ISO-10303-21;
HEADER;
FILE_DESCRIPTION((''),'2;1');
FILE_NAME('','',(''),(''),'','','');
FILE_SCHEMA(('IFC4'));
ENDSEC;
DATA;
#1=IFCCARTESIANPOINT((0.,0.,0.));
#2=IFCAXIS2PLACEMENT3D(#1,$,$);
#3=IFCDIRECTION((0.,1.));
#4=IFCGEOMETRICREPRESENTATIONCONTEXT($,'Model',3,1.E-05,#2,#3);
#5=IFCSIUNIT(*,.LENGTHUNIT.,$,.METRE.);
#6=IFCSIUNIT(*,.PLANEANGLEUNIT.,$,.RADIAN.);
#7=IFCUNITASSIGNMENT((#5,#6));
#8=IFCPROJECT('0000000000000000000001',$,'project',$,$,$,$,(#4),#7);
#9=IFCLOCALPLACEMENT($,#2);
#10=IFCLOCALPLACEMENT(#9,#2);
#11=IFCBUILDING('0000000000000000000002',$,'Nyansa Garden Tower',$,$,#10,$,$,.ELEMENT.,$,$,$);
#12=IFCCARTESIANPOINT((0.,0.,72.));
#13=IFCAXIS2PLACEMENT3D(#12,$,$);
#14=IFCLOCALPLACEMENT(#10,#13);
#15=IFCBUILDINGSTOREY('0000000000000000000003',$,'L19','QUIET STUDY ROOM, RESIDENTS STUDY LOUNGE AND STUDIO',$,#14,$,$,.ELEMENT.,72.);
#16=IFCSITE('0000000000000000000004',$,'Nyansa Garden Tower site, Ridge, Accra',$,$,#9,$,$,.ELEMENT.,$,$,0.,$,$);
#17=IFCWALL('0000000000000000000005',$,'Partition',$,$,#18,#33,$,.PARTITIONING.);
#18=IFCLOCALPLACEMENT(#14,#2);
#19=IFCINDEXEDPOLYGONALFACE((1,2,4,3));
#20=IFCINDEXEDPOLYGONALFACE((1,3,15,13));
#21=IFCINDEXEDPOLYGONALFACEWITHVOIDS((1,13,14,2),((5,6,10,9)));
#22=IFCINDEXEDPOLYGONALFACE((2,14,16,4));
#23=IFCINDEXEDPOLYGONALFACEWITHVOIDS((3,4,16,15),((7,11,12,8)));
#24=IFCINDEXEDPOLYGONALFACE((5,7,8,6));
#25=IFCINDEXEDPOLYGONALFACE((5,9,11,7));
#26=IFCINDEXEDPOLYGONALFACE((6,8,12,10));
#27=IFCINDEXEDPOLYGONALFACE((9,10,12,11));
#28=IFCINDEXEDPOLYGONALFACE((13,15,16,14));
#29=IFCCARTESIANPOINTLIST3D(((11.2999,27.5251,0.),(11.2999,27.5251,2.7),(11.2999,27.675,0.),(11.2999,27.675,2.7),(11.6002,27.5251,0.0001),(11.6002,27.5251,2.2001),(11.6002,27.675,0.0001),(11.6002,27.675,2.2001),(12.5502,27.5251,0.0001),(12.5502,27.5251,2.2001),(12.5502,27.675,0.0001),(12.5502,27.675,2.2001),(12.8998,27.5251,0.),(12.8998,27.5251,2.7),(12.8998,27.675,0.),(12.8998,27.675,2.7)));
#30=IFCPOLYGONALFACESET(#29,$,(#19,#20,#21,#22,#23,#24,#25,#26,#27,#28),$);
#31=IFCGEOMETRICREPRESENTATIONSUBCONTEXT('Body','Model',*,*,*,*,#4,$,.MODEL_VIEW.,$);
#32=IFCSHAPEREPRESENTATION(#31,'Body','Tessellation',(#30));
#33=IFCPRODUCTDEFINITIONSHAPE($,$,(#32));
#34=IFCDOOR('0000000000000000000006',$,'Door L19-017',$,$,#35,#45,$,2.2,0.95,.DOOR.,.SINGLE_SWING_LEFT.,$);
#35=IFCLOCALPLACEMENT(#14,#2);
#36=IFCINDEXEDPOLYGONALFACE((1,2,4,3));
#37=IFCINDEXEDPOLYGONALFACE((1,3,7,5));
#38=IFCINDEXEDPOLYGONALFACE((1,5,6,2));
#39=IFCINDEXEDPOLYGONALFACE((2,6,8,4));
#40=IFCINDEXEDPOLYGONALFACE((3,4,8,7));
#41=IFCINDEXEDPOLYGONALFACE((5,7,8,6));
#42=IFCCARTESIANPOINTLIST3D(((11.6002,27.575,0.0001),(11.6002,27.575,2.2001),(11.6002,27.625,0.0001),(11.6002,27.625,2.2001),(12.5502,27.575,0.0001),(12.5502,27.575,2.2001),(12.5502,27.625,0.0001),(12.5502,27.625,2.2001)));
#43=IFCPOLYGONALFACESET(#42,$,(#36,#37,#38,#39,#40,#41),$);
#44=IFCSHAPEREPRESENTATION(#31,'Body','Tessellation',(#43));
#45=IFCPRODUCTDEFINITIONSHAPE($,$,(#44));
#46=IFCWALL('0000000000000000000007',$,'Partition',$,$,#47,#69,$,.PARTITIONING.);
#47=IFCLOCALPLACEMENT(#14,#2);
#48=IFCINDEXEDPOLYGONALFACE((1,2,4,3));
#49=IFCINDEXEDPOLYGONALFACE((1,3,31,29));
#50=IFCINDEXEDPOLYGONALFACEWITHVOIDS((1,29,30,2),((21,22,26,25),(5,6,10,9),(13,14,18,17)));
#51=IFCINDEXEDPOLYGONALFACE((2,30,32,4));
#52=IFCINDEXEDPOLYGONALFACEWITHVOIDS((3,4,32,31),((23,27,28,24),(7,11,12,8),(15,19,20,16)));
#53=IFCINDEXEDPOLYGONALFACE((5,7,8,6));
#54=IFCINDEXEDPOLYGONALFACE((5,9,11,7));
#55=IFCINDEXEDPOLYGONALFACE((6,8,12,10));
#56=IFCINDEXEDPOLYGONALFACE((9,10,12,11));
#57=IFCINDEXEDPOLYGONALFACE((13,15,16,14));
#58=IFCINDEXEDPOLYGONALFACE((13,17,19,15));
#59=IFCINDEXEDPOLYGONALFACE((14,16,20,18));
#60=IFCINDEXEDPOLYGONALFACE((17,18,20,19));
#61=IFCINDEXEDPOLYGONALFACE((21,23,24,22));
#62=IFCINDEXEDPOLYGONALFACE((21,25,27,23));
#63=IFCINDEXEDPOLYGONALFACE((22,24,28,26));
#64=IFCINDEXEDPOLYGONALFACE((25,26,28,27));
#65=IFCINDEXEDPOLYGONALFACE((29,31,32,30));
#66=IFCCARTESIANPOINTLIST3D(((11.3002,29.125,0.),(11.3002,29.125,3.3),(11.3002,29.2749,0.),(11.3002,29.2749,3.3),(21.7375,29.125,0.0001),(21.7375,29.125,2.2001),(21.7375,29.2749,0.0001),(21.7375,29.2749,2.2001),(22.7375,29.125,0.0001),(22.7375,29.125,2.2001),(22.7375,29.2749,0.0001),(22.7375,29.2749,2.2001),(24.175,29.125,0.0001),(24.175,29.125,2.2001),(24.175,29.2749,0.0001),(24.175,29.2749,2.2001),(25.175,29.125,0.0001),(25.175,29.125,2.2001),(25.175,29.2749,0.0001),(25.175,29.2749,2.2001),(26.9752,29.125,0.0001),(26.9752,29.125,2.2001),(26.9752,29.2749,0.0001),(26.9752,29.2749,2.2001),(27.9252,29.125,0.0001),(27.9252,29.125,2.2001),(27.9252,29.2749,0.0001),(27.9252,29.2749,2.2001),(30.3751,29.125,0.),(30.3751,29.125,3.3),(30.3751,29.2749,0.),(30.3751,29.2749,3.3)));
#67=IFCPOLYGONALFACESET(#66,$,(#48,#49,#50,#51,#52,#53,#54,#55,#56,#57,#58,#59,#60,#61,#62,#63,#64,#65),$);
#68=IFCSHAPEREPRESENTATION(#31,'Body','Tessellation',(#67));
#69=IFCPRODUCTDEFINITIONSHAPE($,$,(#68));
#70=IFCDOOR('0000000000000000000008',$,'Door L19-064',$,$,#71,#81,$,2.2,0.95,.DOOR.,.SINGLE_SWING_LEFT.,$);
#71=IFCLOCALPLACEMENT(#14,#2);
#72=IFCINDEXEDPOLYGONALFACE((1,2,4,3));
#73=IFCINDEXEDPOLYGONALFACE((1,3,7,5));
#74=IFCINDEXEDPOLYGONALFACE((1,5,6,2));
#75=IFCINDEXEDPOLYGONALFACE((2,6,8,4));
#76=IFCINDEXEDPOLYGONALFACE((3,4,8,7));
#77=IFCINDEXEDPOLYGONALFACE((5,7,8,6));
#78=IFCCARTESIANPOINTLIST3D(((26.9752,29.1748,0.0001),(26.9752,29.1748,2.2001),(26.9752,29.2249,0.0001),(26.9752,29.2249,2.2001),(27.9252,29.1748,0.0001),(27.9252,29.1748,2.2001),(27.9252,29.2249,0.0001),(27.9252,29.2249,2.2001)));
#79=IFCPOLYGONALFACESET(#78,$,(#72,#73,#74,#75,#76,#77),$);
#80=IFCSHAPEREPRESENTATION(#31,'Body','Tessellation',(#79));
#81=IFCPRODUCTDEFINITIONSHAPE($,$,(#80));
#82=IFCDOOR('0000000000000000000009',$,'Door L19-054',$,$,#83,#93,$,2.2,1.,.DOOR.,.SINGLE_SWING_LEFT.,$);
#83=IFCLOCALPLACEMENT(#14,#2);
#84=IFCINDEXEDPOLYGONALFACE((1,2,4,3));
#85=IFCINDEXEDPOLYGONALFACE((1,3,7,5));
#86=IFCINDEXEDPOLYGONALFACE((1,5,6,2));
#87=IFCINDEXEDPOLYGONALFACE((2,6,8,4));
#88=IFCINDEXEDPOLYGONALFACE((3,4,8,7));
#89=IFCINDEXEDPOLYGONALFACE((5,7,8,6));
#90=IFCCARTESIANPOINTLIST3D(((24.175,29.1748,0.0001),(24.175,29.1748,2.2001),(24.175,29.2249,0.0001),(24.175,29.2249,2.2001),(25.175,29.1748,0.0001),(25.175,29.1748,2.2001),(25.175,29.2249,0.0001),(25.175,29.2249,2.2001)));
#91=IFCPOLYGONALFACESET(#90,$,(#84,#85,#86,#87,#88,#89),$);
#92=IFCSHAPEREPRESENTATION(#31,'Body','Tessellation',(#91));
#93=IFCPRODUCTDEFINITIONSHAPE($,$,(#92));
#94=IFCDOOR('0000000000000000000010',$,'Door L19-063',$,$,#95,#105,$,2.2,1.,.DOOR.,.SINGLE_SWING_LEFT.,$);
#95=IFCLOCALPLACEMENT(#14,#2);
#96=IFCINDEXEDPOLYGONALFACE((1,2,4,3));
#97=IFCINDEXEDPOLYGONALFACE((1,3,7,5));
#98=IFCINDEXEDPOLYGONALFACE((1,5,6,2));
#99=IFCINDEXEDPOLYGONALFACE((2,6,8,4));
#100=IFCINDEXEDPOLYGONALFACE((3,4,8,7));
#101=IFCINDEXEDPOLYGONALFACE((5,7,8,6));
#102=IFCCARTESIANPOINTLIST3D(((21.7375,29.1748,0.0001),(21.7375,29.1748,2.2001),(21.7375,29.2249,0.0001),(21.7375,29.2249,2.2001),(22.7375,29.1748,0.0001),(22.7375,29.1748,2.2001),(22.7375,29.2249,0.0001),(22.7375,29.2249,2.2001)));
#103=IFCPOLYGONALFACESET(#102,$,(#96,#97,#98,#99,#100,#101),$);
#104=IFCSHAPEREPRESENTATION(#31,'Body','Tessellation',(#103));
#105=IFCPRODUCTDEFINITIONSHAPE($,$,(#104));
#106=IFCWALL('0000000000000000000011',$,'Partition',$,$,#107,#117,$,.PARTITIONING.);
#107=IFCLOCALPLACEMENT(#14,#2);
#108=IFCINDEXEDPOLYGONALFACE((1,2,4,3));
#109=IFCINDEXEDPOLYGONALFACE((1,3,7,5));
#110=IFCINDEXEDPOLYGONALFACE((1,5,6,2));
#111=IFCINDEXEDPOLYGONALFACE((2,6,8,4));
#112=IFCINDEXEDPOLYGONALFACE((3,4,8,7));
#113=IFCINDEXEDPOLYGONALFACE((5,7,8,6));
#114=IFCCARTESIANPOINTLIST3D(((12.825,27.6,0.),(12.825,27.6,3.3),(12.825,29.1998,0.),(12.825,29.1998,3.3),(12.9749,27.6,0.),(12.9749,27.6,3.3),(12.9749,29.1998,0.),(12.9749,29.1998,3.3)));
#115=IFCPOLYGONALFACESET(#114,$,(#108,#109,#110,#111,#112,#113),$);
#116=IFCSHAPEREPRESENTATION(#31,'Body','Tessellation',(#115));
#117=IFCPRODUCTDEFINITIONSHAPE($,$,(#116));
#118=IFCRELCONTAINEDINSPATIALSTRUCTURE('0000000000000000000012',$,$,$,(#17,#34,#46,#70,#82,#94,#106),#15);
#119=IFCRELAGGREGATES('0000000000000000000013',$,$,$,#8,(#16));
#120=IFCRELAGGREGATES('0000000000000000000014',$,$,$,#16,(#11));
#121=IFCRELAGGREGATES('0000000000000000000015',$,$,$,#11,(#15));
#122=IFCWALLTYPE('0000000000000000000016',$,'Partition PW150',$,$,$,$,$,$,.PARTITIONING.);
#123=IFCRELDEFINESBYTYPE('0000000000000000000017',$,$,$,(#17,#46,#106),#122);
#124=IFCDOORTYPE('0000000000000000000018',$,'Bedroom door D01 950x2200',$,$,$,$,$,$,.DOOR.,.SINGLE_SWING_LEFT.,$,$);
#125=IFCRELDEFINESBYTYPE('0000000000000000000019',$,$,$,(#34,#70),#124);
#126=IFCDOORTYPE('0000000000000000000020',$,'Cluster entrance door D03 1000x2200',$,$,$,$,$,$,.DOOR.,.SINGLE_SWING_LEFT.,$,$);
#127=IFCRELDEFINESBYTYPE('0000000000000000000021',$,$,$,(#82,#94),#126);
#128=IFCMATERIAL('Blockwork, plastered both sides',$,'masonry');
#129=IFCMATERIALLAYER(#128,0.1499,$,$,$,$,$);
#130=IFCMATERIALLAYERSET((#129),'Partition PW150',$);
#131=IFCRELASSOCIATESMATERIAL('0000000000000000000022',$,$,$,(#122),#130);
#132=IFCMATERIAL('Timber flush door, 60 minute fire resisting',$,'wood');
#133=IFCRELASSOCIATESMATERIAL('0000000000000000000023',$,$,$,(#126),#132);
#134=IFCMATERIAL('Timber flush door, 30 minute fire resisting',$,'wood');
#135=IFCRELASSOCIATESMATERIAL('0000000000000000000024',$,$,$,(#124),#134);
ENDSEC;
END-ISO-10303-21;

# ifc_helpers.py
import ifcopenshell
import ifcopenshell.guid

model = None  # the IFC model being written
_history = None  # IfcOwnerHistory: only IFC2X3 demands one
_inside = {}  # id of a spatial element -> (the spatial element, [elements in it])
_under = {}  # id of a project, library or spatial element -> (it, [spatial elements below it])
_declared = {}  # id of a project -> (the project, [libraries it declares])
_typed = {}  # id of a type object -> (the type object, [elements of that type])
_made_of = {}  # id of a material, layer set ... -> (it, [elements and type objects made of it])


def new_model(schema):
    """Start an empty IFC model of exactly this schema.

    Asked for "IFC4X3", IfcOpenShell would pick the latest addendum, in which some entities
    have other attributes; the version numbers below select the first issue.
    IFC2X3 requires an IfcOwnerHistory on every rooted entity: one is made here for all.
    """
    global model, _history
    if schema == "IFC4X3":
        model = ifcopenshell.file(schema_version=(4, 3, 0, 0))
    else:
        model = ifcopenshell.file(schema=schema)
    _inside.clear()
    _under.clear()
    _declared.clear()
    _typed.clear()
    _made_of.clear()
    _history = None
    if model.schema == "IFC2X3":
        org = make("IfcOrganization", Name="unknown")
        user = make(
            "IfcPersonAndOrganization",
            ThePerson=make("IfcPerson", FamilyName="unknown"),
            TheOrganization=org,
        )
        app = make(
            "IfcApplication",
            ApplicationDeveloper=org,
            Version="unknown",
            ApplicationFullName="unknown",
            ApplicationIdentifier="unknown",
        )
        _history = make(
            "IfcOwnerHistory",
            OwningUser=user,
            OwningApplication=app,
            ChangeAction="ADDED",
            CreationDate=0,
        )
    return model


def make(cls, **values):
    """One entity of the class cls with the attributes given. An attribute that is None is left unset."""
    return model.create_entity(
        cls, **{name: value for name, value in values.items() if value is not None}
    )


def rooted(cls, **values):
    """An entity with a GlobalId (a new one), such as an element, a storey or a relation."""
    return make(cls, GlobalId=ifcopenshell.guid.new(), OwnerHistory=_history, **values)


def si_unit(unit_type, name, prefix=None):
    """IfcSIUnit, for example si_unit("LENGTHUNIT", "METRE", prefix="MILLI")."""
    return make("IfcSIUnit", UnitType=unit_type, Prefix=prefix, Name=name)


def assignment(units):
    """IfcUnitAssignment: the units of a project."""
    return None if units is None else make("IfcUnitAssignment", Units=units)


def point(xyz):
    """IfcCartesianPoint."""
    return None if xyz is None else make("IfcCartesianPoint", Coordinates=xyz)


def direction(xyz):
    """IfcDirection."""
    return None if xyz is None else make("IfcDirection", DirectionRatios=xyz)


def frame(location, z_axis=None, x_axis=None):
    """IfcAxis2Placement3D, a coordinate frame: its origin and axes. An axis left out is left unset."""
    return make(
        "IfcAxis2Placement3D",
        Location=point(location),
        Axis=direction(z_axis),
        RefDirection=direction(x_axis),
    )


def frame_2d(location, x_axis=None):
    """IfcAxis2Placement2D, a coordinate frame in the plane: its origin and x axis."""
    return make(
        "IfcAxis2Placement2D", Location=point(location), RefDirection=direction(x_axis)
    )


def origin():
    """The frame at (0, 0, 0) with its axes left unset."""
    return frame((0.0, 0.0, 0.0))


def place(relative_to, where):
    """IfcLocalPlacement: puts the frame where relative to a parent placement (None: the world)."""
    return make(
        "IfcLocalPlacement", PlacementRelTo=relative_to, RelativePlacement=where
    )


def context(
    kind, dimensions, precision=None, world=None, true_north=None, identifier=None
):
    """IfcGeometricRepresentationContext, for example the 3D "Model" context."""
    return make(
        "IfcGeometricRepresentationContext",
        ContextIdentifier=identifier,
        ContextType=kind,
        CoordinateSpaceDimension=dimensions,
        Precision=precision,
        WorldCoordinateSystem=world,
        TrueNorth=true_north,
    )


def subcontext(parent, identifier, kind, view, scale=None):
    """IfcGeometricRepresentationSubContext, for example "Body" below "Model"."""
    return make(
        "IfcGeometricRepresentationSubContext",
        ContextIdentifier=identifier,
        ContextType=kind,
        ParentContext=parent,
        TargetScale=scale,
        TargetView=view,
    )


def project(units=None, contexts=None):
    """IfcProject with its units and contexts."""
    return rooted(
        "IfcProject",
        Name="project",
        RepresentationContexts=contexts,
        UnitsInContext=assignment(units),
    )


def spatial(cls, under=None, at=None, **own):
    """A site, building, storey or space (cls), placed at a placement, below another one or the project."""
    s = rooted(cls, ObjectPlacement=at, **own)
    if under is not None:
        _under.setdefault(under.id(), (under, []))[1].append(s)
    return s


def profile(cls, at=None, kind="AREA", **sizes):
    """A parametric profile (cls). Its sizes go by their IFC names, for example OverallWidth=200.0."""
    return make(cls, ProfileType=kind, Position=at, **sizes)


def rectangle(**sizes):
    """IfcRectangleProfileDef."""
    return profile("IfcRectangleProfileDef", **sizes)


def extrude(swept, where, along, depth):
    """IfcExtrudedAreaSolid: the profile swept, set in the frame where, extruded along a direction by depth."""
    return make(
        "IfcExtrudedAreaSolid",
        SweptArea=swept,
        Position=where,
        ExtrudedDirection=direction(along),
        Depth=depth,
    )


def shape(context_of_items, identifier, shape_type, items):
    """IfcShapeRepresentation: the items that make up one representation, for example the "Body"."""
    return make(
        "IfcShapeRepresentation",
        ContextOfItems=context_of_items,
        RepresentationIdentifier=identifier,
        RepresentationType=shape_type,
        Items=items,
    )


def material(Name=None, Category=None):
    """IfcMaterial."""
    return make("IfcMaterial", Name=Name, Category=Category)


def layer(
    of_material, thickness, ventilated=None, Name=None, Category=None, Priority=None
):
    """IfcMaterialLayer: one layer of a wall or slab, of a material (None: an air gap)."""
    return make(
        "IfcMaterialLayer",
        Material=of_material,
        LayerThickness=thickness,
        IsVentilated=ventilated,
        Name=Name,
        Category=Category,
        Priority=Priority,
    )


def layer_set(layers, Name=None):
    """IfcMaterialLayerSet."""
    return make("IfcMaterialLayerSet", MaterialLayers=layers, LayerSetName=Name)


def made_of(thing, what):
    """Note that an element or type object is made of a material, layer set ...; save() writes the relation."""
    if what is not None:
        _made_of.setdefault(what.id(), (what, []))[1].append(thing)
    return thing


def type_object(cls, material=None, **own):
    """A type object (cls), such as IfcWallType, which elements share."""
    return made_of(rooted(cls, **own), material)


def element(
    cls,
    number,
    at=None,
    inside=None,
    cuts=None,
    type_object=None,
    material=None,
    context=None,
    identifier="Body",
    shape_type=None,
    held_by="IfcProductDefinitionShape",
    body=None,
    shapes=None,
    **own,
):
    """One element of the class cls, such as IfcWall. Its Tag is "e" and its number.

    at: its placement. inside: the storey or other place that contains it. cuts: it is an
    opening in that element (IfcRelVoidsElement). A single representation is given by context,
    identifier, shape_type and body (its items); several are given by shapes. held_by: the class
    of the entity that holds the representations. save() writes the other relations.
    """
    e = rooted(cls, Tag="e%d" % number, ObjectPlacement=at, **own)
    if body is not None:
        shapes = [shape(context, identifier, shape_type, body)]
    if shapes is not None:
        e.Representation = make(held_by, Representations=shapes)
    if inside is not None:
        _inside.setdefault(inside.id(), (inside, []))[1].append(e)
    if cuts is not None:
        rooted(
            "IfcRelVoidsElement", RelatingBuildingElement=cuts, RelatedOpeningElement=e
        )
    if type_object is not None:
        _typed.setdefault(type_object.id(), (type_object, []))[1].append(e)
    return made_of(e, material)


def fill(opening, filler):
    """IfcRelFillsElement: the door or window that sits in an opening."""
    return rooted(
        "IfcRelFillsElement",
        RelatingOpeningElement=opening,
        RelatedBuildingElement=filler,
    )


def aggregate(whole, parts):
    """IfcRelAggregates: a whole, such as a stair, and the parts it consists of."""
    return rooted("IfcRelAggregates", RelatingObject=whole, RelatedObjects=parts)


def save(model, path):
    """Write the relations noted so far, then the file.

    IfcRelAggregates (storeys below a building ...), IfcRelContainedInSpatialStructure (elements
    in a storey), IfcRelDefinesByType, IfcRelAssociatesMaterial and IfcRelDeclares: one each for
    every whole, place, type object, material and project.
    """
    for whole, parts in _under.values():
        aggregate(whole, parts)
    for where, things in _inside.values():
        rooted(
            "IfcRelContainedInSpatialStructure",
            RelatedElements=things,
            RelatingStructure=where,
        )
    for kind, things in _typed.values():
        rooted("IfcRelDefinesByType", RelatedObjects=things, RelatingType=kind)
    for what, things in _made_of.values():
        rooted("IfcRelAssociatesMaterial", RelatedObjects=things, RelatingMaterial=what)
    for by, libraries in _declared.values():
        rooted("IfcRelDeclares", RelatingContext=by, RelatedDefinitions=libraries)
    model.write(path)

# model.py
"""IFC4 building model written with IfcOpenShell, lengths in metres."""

from ifc_helpers import new_model, si_unit, direction, frame, frame_2d, origin, place, context, subcontext, project, spatial, rectangle, extrude, material, layer, layer_set, type_object, element, fill, save


model = new_model("IFC4")

# Units and contexts
model_context = context("Model", 3, precision=1e-05, world=origin(), true_north=direction((0.0, 1.0)))
body_context = subcontext(model_context, "Body", "Model", "MODEL_VIEW")
ifc_project = project(units=[si_unit("LENGTHUNIT", "METRE"), si_unit("PLANEANGLEUNIT", "RADIAN")], contexts=[model_context])

# Site, building, storey
site_placement = place(None, origin())
site = spatial("IfcSite", under=ifc_project, at=site_placement, Name="Nyansa Garden Tower site, Ridge, Accra", CompositionType="ELEMENT", RefElevation=0.0)
building_placement = place(site_placement, origin())
building = spatial("IfcBuilding", under=site, at=building_placement, Name="Nyansa Garden Tower", CompositionType="ELEMENT")
storey_placement = place(building_placement, frame((0.0, 0.0, 72.0)))
storey = spatial("IfcBuildingStorey", under=building, at=storey_placement, Name="L19", Description="QUIET STUDY ROOM, RESIDENTS STUDY LOUNGE AND STUDIO", CompositionType="ELEMENT", Elevation=72.0)

# Shared definitions
ifc_material_1 = material(Name="Blockwork, plastered both sides", Category="masonry")
ifc_layer = layer(ifc_material_1, 0.1499)
ifc_layer_set = layer_set([ifc_layer], Name="Partition PW150")
wall_type = type_object("IfcWallType", Name="Partition PW150", PredefinedType="PARTITIONING", material=ifc_layer_set)
ifc_material_2 = material(Name="Timber flush door, 60 minute fire resisting", Category="wood")
door_type_1 = type_object("IfcDoorType", Name="Cluster entrance door D03 1000x2200", OperationType="SINGLE_SWING_LEFT", PredefinedType="DOOR", material=ifc_material_2)

# Wall, opening, door
wall_1_placement = place(storey_placement, frame((11.3, 27.6001, 0.0), z_axis=(0.0, 0.0, 1.0), x_axis=(1.0, 0.0, 0.0)))
wall_1 = element("IfcWall", 1, at=wall_1_placement, inside=storey, type_object=wall_type, Name="Partition", PredefinedType="PARTITIONING", context=body_context, shape_type="SweptSolid", body=[
    extrude(rectangle(XDim=1.5999, YDim=0.1499, at=frame_2d((0.7998, 0.0))), origin(), (0.0, 0.0, 1.0), 2.7),
])
opening_1_placement = place(wall_1_placement, frame((0.3, 0.0, 0.0)))
opening_1 = element("IfcOpeningElement", 2, at=opening_1_placement, cuts=wall_1, PredefinedType="OPENING", context=body_context, shape_type="SweptSolid", body=[
    extrude(rectangle(XDim=0.95, YDim=2.2, at=frame_2d((0.4751, 1.1001))), frame((0.0, 0.085, 0.0), z_axis=(0.0, -1.0, 0.0), x_axis=(1.0, 0.0, 0.0)), (0.0, 0.0, 1.0), 0.1699),
])
ifc_material_3 = material(Name="Timber flush door, 30 minute fire resisting", Category="wood")
door_type_2 = type_object("IfcDoorType", Name="Bedroom door D01 950x2200", OperationType="SINGLE_SWING_LEFT", PredefinedType="DOOR", material=ifc_material_3)
door_1_placement = place(opening_1_placement, origin())
door_1 = element("IfcDoor", 3, at=door_1_placement, inside=storey, type_object=door_type_2, Name="Door L19-017", OperationType="SINGLE_SWING_LEFT", OverallHeight=2.2, OverallWidth=0.95, PredefinedType="DOOR", context=body_context, shape_type="SweptSolid", body=[
    extrude(rectangle(XDim=0.95, YDim=2.2, at=frame_2d((0.4751, 1.1001))), frame((0.0, 0.0249, 0.0), z_axis=(0.0, -1.0, 0.0), x_axis=(1.0, 0.0, 0.0)), (0.0, 0.0, 1.0), 0.05),
])
fill(opening_1, door_1)

# Wall, openings, doors
wall_2_placement = place(storey_placement, frame((11.3, 29.2, 0.0), z_axis=(0.0, 0.0, 1.0), x_axis=(1.0, 0.0, 0.0)))
wall_2 = element("IfcWall", 4, at=wall_2_placement, inside=storey, type_object=wall_type, Name="Partition", PredefinedType="PARTITIONING", context=body_context, shape_type="SweptSolid", body=[
    extrude(rectangle(XDim=19.075, YDim=0.1499, at=frame_2d((9.5376, 0.0))), origin(), (0.0, 0.0, 1.0), 3.3),
])
opening_2_placement = place(wall_2_placement, frame((12.875, 0.0, 0.0)))
opening_2 = element("IfcOpeningElement", 5, at=opening_2_placement, cuts=wall_2, PredefinedType="OPENING", context=body_context, shape_type="SweptSolid", body=[
    extrude(rectangle(XDim=1.0, YDim=2.2, at=frame_2d((0.5, 1.1001))), frame((0.0, 0.085, 0.0), z_axis=(0.0, -1.0, 0.0), x_axis=(1.0, 0.0, 0.0)), (0.0, 0.0, 1.0), 0.1699),
])
opening_3_placement = place(wall_2_placement, frame((10.4375, 0.0, 0.0)))
opening_3 = element("IfcOpeningElement", 6, at=opening_3_placement, cuts=wall_2, PredefinedType="OPENING", context=body_context, shape_type="SweptSolid", body=[
    extrude(rectangle(XDim=1.0, YDim=2.2, at=frame_2d((0.5, 1.1001))), frame((0.0, 0.085, 0.0), z_axis=(0.0, -1.0, 0.0), x_axis=(1.0, 0.0, 0.0)), (0.0, 0.0, 1.0), 0.1699),
])
opening_4_placement = place(wall_2_placement, frame((15.675, 0.0, 0.0)))
opening_4 = element("IfcOpeningElement", 7, at=opening_4_placement, cuts=wall_2, PredefinedType="OPENING", context=body_context, shape_type="SweptSolid", body=[
    extrude(rectangle(XDim=0.95, YDim=2.2, at=frame_2d((0.4751, 1.1001))), frame((0.0, 0.085, 0.0), z_axis=(0.0, -1.0, 0.0), x_axis=(1.0, 0.0, 0.0)), (0.0, 0.0, 1.0), 0.1699),
])
door_2_placement = place(opening_4_placement, origin())
door_2 = element("IfcDoor", 8, at=door_2_placement, inside=storey, type_object=door_type_2, Name="Door L19-064", OperationType="SINGLE_SWING_LEFT", OverallHeight=2.2, OverallWidth=0.95, PredefinedType="DOOR", context=body_context, shape_type="SweptSolid", body=[
    extrude(rectangle(XDim=0.95, YDim=2.2, at=frame_2d((0.4751, 1.1001))), frame((0.0, 0.0249, 0.0), z_axis=(0.0, -1.0, 0.0), x_axis=(1.0, 0.0, 0.0)), (0.0, 0.0, 1.0), 0.05),
])
fill(opening_4, door_2)
door_3_placement = place(opening_2_placement, origin())
door_3 = element("IfcDoor", 9, at=door_3_placement, inside=storey, type_object=door_type_1, Name="Door L19-054", OperationType="SINGLE_SWING_LEFT", OverallHeight=2.2, OverallWidth=1.0, PredefinedType="DOOR", context=body_context, shape_type="SweptSolid", body=[
    extrude(rectangle(XDim=1.0, YDim=2.2, at=frame_2d((0.5, 1.1001))), frame((0.0, 0.0249, 0.0), z_axis=(0.0, -1.0, 0.0), x_axis=(1.0, 0.0, 0.0)), (0.0, 0.0, 1.0), 0.05),
])
fill(opening_2, door_3)
door_4_placement = place(opening_3_placement, origin())
door_4 = element("IfcDoor", 10, at=door_4_placement, inside=storey, type_object=door_type_1, Name="Door L19-063", OperationType="SINGLE_SWING_LEFT", OverallHeight=2.2, OverallWidth=1.0, PredefinedType="DOOR", context=body_context, shape_type="SweptSolid", body=[
    extrude(rectangle(XDim=1.0, YDim=2.2, at=frame_2d((0.5, 1.1001))), frame((0.0, 0.0249, 0.0), z_axis=(0.0, -1.0, 0.0), x_axis=(1.0, 0.0, 0.0)), (0.0, 0.0, 1.0), 0.05),
])
fill(opening_3, door_4)

# Wall
wall_3_placement = place(storey_placement, frame((12.8999, 27.6001, 0.0), z_axis=(0.0, 0.0, 1.0), x_axis=(0.0, 1.0, 0.0)))
element("IfcWall", 11, at=wall_3_placement, inside=storey, type_object=wall_type, Name="Partition", PredefinedType="PARTITIONING", context=body_context, shape_type="SweptSolid", body=[
    extrude(rectangle(XDim=1.5999, YDim=0.1499, at=frame_2d((0.7998, 0.0))), origin(), (0.0, 0.0, 1.0), 3.3),
])

save(model, "model.ifc")
